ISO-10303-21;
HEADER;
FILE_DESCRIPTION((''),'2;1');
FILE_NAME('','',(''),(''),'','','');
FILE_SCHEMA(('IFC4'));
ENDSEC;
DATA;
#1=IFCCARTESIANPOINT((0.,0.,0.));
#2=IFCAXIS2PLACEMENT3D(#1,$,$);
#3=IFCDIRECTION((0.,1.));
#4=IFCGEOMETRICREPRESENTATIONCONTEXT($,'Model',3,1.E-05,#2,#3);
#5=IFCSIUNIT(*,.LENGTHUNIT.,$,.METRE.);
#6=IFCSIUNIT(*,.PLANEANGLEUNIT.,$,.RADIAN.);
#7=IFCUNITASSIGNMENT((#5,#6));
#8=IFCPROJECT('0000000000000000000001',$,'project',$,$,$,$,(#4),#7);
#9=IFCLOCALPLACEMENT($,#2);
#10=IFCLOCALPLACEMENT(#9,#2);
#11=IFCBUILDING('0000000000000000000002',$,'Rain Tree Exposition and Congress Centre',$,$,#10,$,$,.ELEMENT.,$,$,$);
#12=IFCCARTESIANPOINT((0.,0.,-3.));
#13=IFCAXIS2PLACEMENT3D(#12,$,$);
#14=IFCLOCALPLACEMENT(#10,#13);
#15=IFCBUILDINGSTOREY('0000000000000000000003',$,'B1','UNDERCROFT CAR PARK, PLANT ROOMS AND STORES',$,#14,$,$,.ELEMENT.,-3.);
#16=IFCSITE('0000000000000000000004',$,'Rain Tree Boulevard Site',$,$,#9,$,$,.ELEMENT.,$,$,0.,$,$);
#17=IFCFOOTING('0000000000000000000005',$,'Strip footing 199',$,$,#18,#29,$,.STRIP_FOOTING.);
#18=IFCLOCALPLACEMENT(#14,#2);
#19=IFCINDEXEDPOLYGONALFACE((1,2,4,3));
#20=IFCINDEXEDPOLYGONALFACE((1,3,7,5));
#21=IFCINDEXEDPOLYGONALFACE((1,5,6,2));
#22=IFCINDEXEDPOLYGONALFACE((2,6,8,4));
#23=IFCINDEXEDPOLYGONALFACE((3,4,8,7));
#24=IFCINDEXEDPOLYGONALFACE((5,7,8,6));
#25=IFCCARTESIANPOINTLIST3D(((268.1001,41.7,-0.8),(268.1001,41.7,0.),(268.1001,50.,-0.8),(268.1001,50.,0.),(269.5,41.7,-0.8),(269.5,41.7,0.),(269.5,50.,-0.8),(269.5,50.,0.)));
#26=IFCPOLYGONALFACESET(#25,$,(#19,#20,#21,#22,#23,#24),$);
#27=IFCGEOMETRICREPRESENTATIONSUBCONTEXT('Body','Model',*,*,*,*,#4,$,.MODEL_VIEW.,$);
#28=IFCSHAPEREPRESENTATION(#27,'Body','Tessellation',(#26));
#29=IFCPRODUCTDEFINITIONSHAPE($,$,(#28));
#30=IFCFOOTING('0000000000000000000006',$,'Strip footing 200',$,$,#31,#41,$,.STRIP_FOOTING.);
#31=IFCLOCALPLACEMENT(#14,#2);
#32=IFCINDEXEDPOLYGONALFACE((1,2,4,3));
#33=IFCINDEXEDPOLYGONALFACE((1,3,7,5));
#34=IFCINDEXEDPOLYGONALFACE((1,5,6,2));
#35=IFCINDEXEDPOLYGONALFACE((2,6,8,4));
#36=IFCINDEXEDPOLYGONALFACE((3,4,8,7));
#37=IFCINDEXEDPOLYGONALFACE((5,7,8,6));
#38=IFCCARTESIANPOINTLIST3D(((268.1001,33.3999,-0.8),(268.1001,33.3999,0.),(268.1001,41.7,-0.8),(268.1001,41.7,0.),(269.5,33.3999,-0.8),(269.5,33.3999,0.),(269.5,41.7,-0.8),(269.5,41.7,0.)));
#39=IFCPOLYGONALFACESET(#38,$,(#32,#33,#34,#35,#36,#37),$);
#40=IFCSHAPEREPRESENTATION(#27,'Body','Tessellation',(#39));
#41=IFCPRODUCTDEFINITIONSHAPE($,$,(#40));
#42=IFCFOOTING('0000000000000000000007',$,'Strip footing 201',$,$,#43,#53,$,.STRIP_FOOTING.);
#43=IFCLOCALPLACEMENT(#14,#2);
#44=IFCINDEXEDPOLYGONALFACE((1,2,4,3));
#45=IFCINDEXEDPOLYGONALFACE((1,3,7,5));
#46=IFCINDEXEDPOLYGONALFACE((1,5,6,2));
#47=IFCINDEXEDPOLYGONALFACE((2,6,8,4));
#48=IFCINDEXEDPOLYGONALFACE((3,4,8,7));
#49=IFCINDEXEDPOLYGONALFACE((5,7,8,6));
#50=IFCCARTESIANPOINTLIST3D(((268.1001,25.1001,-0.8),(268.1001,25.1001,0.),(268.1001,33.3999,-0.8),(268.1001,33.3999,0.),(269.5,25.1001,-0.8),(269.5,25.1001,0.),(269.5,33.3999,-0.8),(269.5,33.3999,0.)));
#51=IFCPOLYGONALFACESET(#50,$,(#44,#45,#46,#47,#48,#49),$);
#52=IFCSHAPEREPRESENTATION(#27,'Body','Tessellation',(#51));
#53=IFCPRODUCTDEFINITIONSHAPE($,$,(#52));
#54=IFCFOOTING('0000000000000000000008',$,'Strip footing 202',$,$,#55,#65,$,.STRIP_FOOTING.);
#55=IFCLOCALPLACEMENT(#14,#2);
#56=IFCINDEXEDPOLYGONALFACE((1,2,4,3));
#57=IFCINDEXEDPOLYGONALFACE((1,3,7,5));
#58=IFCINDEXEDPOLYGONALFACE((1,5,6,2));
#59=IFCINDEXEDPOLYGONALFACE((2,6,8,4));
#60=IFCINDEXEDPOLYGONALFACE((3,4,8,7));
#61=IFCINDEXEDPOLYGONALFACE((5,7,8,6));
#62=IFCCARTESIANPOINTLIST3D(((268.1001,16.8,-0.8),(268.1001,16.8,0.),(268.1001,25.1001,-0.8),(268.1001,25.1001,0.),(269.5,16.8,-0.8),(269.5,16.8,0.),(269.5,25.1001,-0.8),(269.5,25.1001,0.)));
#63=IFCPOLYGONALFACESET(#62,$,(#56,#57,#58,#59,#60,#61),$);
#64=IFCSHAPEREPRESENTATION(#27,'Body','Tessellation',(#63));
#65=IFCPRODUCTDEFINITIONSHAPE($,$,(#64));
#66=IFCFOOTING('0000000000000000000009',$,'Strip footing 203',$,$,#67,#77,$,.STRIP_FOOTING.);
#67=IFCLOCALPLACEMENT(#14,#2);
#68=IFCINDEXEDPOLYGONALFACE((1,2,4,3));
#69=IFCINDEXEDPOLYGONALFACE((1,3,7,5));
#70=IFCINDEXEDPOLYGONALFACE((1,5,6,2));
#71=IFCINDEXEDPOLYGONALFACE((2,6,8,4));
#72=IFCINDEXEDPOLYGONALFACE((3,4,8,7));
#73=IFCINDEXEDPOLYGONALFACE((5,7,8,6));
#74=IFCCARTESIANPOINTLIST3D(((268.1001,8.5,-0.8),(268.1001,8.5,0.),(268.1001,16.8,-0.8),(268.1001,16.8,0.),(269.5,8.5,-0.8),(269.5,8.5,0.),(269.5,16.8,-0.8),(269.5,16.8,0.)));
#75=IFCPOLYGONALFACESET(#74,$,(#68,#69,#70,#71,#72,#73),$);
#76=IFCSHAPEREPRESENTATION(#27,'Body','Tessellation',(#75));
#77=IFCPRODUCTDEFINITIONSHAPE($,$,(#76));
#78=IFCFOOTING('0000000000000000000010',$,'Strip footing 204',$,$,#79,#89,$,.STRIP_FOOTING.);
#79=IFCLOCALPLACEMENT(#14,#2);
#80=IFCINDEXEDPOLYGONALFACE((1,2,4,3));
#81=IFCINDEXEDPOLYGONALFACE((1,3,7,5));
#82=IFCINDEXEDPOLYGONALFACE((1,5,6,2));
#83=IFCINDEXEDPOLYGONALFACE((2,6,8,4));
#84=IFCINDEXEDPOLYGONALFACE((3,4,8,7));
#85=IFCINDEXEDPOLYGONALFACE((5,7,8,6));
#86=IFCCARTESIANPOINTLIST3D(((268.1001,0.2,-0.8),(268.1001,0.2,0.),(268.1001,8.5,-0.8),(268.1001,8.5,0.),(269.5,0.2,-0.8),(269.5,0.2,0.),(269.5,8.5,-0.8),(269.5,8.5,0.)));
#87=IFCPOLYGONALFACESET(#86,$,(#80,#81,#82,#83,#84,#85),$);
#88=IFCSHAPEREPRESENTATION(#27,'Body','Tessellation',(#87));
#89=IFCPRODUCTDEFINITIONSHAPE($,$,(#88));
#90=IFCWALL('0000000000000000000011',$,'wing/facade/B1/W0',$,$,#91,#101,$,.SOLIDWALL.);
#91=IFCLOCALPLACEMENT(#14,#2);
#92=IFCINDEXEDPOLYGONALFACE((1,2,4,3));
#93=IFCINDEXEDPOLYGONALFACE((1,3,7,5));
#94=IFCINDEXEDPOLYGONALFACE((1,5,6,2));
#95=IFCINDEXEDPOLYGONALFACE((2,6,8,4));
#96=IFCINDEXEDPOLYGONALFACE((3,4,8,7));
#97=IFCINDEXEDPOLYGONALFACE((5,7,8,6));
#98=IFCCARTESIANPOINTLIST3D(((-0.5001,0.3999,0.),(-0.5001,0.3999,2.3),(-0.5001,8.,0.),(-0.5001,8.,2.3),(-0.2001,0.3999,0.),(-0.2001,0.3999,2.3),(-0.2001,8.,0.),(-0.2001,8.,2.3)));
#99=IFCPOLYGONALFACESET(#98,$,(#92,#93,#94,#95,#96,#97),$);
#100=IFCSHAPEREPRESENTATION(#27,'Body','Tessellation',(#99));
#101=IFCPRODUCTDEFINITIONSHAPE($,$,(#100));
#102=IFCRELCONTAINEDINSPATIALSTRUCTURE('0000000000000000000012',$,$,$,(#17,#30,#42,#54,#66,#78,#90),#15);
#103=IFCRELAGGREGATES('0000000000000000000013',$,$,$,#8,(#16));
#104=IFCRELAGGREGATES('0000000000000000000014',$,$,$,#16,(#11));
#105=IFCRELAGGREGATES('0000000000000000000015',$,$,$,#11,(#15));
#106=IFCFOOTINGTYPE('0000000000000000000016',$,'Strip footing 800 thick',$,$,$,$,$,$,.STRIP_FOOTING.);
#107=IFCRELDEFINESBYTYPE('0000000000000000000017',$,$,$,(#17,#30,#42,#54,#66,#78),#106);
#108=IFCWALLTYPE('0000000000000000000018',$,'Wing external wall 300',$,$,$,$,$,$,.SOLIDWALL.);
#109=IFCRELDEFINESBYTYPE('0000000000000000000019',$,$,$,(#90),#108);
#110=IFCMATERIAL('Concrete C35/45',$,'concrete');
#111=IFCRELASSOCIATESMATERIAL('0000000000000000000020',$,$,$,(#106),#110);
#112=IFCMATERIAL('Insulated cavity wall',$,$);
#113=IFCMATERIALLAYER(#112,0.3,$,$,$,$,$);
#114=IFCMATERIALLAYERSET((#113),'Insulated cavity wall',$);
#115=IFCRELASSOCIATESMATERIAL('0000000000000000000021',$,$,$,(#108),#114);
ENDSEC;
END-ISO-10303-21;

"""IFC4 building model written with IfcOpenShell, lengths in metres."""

from ifc_helpers import new_model, si_unit, direction, frame, frame_2d, origin, place, context, subcontext, project, spatial, polyline, rectangle, outline, extrude, material, layer, layer_set, type_object, element, save


model = new_model("IFC4")

# Units and contexts
model_context = context("Model", 3, precision=1e-05, world=origin(), true_north=direction((0.0, 1.0)))
body_context = subcontext(model_context, "Body", "Model", "MODEL_VIEW")
ifc_project = project(units=[si_unit("LENGTHUNIT", "METRE"), si_unit("PLANEANGLEUNIT", "RADIAN")], contexts=[model_context])

# Site, building, storey
site_placement = place(None, origin())
site = spatial("IfcSite", under=ifc_project, at=site_placement, Name="Rain Tree Boulevard Site", CompositionType="ELEMENT", RefElevation=0.0)
building_placement = place(site_placement, origin())
building = spatial("IfcBuilding", under=site, at=building_placement, Name="Rain Tree Exposition and Congress Centre", CompositionType="ELEMENT")
storey_placement = place(building_placement, frame((0.0, 0.0, -3.0)))
storey = spatial("IfcBuildingStorey", under=building, at=storey_placement, Name="B1", Description="UNDERCROFT CAR PARK, PLANT ROOMS AND STORES", CompositionType="ELEMENT", Elevation=-3.0)

# Footings
ifc_material_1 = material(Name="Concrete C35/45", Category="concrete")
footing_type = type_object("IfcFootingType", Name="Strip footing 800 thick", PredefinedType="STRIP_FOOTING", material=ifc_material_1)
footing_1_placement = place(storey_placement, frame((0.0, 0.0, -0.8)))
element("IfcFooting", 1, at=footing_1_placement, inside=storey, type_object=footing_type, Name="Strip footing 199", PredefinedType="STRIP_FOOTING", context=body_context, shape_type="SweptSolid", body=[
    extrude(outline(polyline([(268.1001, 50.0), (268.1001, 41.7), (269.5, 41.7), (269.5, 50.0), (268.1001, 50.0)])), origin(), (0.0, 0.0, 1.0), 0.8),
])
footing_2_placement = place(storey_placement, frame((0.0, 0.0, -0.8)))
element("IfcFooting", 2, at=footing_2_placement, inside=storey, type_object=footing_type, Name="Strip footing 200", PredefinedType="STRIP_FOOTING", context=body_context, shape_type="SweptSolid", body=[
    extrude(outline(polyline([(268.1001, 41.7), (268.1001, 33.3999), (269.5, 33.3999), (269.5, 41.7), (268.1001, 41.7)])), origin(), (0.0, 0.0, 1.0), 0.8),
])
footing_3_placement = place(storey_placement, frame((0.0, 0.0, -0.8)))
element("IfcFooting", 3, at=footing_3_placement, inside=storey, type_object=footing_type, Name="Strip footing 201", PredefinedType="STRIP_FOOTING", context=body_context, shape_type="SweptSolid", body=[
    extrude(outline(polyline([(268.1001, 33.3999), (268.1001, 25.1001), (269.5, 25.1001), (269.5, 33.3999), (268.1001, 33.3999)])), origin(), (0.0, 0.0, 1.0), 0.8),
])
footing_4_placement = place(storey_placement, frame((0.0, 0.0, -0.8)))
element("IfcFooting", 4, at=footing_4_placement, inside=storey, type_object=footing_type, Name="Strip footing 202", PredefinedType="STRIP_FOOTING", context=body_context, shape_type="SweptSolid", body=[
    extrude(outline(polyline([(268.1001, 25.1001), (268.1001, 16.8), (269.5, 16.8), (269.5, 25.1001), (268.1001, 25.1001)])), origin(), (0.0, 0.0, 1.0), 0.8),
])
footing_5_placement = place(storey_placement, frame((0.0, 0.0, -0.8)))
element("IfcFooting", 5, at=footing_5_placement, inside=storey, type_object=footing_type, Name="Strip footing 203", PredefinedType="STRIP_FOOTING", context=body_context, shape_type="SweptSolid", body=[
    extrude(outline(polyline([(268.1001, 16.8), (268.1001, 8.5), (269.5, 8.5), (269.5, 16.8), (268.1001, 16.8)])), origin(), (0.0, 0.0, 1.0), 0.8),
])
footing_6_placement = place(storey_placement, frame((0.0, 0.0, -0.8)))
element("IfcFooting", 6, at=footing_6_placement, inside=storey, type_object=footing_type, Name="Strip footing 204", PredefinedType="STRIP_FOOTING", context=body_context, shape_type="SweptSolid", body=[
    extrude(outline(polyline([(268.1001, 8.5), (268.1001, 0.2), (269.5, 0.2), (269.5, 8.5), (268.1001, 8.5)])), origin(), (0.0, 0.0, 1.0), 0.8),
])

# Wall
ifc_material_2 = material(Name="Insulated cavity wall")
ifc_layer = layer(ifc_material_2, 0.3)
ifc_layer_set = layer_set([ifc_layer], Name="Insulated cavity wall")
wall_type = type_object("IfcWallType", Name="Wing external wall 300", PredefinedType="SOLIDWALL", material=ifc_layer_set)
wall_placement = place(storey_placement, frame((-0.3501, 0.3999, 0.0), z_axis=(0.0, 0.0, 1.0), x_axis=(0.0, 1.0, 0.0)))
element("IfcWall", 7, at=wall_placement, inside=storey, type_object=wall_type, Name="wing/facade/B1/W0", PredefinedType="SOLIDWALL", context=body_context, shape_type="SweptSolid", body=[
    extrude(rectangle(XDim=7.6001, YDim=0.3, at=frame_2d((3.8, 0.0))), origin(), (0.0, 0.0, 1.0), 2.3),
])

save(model, "model.ifc")
